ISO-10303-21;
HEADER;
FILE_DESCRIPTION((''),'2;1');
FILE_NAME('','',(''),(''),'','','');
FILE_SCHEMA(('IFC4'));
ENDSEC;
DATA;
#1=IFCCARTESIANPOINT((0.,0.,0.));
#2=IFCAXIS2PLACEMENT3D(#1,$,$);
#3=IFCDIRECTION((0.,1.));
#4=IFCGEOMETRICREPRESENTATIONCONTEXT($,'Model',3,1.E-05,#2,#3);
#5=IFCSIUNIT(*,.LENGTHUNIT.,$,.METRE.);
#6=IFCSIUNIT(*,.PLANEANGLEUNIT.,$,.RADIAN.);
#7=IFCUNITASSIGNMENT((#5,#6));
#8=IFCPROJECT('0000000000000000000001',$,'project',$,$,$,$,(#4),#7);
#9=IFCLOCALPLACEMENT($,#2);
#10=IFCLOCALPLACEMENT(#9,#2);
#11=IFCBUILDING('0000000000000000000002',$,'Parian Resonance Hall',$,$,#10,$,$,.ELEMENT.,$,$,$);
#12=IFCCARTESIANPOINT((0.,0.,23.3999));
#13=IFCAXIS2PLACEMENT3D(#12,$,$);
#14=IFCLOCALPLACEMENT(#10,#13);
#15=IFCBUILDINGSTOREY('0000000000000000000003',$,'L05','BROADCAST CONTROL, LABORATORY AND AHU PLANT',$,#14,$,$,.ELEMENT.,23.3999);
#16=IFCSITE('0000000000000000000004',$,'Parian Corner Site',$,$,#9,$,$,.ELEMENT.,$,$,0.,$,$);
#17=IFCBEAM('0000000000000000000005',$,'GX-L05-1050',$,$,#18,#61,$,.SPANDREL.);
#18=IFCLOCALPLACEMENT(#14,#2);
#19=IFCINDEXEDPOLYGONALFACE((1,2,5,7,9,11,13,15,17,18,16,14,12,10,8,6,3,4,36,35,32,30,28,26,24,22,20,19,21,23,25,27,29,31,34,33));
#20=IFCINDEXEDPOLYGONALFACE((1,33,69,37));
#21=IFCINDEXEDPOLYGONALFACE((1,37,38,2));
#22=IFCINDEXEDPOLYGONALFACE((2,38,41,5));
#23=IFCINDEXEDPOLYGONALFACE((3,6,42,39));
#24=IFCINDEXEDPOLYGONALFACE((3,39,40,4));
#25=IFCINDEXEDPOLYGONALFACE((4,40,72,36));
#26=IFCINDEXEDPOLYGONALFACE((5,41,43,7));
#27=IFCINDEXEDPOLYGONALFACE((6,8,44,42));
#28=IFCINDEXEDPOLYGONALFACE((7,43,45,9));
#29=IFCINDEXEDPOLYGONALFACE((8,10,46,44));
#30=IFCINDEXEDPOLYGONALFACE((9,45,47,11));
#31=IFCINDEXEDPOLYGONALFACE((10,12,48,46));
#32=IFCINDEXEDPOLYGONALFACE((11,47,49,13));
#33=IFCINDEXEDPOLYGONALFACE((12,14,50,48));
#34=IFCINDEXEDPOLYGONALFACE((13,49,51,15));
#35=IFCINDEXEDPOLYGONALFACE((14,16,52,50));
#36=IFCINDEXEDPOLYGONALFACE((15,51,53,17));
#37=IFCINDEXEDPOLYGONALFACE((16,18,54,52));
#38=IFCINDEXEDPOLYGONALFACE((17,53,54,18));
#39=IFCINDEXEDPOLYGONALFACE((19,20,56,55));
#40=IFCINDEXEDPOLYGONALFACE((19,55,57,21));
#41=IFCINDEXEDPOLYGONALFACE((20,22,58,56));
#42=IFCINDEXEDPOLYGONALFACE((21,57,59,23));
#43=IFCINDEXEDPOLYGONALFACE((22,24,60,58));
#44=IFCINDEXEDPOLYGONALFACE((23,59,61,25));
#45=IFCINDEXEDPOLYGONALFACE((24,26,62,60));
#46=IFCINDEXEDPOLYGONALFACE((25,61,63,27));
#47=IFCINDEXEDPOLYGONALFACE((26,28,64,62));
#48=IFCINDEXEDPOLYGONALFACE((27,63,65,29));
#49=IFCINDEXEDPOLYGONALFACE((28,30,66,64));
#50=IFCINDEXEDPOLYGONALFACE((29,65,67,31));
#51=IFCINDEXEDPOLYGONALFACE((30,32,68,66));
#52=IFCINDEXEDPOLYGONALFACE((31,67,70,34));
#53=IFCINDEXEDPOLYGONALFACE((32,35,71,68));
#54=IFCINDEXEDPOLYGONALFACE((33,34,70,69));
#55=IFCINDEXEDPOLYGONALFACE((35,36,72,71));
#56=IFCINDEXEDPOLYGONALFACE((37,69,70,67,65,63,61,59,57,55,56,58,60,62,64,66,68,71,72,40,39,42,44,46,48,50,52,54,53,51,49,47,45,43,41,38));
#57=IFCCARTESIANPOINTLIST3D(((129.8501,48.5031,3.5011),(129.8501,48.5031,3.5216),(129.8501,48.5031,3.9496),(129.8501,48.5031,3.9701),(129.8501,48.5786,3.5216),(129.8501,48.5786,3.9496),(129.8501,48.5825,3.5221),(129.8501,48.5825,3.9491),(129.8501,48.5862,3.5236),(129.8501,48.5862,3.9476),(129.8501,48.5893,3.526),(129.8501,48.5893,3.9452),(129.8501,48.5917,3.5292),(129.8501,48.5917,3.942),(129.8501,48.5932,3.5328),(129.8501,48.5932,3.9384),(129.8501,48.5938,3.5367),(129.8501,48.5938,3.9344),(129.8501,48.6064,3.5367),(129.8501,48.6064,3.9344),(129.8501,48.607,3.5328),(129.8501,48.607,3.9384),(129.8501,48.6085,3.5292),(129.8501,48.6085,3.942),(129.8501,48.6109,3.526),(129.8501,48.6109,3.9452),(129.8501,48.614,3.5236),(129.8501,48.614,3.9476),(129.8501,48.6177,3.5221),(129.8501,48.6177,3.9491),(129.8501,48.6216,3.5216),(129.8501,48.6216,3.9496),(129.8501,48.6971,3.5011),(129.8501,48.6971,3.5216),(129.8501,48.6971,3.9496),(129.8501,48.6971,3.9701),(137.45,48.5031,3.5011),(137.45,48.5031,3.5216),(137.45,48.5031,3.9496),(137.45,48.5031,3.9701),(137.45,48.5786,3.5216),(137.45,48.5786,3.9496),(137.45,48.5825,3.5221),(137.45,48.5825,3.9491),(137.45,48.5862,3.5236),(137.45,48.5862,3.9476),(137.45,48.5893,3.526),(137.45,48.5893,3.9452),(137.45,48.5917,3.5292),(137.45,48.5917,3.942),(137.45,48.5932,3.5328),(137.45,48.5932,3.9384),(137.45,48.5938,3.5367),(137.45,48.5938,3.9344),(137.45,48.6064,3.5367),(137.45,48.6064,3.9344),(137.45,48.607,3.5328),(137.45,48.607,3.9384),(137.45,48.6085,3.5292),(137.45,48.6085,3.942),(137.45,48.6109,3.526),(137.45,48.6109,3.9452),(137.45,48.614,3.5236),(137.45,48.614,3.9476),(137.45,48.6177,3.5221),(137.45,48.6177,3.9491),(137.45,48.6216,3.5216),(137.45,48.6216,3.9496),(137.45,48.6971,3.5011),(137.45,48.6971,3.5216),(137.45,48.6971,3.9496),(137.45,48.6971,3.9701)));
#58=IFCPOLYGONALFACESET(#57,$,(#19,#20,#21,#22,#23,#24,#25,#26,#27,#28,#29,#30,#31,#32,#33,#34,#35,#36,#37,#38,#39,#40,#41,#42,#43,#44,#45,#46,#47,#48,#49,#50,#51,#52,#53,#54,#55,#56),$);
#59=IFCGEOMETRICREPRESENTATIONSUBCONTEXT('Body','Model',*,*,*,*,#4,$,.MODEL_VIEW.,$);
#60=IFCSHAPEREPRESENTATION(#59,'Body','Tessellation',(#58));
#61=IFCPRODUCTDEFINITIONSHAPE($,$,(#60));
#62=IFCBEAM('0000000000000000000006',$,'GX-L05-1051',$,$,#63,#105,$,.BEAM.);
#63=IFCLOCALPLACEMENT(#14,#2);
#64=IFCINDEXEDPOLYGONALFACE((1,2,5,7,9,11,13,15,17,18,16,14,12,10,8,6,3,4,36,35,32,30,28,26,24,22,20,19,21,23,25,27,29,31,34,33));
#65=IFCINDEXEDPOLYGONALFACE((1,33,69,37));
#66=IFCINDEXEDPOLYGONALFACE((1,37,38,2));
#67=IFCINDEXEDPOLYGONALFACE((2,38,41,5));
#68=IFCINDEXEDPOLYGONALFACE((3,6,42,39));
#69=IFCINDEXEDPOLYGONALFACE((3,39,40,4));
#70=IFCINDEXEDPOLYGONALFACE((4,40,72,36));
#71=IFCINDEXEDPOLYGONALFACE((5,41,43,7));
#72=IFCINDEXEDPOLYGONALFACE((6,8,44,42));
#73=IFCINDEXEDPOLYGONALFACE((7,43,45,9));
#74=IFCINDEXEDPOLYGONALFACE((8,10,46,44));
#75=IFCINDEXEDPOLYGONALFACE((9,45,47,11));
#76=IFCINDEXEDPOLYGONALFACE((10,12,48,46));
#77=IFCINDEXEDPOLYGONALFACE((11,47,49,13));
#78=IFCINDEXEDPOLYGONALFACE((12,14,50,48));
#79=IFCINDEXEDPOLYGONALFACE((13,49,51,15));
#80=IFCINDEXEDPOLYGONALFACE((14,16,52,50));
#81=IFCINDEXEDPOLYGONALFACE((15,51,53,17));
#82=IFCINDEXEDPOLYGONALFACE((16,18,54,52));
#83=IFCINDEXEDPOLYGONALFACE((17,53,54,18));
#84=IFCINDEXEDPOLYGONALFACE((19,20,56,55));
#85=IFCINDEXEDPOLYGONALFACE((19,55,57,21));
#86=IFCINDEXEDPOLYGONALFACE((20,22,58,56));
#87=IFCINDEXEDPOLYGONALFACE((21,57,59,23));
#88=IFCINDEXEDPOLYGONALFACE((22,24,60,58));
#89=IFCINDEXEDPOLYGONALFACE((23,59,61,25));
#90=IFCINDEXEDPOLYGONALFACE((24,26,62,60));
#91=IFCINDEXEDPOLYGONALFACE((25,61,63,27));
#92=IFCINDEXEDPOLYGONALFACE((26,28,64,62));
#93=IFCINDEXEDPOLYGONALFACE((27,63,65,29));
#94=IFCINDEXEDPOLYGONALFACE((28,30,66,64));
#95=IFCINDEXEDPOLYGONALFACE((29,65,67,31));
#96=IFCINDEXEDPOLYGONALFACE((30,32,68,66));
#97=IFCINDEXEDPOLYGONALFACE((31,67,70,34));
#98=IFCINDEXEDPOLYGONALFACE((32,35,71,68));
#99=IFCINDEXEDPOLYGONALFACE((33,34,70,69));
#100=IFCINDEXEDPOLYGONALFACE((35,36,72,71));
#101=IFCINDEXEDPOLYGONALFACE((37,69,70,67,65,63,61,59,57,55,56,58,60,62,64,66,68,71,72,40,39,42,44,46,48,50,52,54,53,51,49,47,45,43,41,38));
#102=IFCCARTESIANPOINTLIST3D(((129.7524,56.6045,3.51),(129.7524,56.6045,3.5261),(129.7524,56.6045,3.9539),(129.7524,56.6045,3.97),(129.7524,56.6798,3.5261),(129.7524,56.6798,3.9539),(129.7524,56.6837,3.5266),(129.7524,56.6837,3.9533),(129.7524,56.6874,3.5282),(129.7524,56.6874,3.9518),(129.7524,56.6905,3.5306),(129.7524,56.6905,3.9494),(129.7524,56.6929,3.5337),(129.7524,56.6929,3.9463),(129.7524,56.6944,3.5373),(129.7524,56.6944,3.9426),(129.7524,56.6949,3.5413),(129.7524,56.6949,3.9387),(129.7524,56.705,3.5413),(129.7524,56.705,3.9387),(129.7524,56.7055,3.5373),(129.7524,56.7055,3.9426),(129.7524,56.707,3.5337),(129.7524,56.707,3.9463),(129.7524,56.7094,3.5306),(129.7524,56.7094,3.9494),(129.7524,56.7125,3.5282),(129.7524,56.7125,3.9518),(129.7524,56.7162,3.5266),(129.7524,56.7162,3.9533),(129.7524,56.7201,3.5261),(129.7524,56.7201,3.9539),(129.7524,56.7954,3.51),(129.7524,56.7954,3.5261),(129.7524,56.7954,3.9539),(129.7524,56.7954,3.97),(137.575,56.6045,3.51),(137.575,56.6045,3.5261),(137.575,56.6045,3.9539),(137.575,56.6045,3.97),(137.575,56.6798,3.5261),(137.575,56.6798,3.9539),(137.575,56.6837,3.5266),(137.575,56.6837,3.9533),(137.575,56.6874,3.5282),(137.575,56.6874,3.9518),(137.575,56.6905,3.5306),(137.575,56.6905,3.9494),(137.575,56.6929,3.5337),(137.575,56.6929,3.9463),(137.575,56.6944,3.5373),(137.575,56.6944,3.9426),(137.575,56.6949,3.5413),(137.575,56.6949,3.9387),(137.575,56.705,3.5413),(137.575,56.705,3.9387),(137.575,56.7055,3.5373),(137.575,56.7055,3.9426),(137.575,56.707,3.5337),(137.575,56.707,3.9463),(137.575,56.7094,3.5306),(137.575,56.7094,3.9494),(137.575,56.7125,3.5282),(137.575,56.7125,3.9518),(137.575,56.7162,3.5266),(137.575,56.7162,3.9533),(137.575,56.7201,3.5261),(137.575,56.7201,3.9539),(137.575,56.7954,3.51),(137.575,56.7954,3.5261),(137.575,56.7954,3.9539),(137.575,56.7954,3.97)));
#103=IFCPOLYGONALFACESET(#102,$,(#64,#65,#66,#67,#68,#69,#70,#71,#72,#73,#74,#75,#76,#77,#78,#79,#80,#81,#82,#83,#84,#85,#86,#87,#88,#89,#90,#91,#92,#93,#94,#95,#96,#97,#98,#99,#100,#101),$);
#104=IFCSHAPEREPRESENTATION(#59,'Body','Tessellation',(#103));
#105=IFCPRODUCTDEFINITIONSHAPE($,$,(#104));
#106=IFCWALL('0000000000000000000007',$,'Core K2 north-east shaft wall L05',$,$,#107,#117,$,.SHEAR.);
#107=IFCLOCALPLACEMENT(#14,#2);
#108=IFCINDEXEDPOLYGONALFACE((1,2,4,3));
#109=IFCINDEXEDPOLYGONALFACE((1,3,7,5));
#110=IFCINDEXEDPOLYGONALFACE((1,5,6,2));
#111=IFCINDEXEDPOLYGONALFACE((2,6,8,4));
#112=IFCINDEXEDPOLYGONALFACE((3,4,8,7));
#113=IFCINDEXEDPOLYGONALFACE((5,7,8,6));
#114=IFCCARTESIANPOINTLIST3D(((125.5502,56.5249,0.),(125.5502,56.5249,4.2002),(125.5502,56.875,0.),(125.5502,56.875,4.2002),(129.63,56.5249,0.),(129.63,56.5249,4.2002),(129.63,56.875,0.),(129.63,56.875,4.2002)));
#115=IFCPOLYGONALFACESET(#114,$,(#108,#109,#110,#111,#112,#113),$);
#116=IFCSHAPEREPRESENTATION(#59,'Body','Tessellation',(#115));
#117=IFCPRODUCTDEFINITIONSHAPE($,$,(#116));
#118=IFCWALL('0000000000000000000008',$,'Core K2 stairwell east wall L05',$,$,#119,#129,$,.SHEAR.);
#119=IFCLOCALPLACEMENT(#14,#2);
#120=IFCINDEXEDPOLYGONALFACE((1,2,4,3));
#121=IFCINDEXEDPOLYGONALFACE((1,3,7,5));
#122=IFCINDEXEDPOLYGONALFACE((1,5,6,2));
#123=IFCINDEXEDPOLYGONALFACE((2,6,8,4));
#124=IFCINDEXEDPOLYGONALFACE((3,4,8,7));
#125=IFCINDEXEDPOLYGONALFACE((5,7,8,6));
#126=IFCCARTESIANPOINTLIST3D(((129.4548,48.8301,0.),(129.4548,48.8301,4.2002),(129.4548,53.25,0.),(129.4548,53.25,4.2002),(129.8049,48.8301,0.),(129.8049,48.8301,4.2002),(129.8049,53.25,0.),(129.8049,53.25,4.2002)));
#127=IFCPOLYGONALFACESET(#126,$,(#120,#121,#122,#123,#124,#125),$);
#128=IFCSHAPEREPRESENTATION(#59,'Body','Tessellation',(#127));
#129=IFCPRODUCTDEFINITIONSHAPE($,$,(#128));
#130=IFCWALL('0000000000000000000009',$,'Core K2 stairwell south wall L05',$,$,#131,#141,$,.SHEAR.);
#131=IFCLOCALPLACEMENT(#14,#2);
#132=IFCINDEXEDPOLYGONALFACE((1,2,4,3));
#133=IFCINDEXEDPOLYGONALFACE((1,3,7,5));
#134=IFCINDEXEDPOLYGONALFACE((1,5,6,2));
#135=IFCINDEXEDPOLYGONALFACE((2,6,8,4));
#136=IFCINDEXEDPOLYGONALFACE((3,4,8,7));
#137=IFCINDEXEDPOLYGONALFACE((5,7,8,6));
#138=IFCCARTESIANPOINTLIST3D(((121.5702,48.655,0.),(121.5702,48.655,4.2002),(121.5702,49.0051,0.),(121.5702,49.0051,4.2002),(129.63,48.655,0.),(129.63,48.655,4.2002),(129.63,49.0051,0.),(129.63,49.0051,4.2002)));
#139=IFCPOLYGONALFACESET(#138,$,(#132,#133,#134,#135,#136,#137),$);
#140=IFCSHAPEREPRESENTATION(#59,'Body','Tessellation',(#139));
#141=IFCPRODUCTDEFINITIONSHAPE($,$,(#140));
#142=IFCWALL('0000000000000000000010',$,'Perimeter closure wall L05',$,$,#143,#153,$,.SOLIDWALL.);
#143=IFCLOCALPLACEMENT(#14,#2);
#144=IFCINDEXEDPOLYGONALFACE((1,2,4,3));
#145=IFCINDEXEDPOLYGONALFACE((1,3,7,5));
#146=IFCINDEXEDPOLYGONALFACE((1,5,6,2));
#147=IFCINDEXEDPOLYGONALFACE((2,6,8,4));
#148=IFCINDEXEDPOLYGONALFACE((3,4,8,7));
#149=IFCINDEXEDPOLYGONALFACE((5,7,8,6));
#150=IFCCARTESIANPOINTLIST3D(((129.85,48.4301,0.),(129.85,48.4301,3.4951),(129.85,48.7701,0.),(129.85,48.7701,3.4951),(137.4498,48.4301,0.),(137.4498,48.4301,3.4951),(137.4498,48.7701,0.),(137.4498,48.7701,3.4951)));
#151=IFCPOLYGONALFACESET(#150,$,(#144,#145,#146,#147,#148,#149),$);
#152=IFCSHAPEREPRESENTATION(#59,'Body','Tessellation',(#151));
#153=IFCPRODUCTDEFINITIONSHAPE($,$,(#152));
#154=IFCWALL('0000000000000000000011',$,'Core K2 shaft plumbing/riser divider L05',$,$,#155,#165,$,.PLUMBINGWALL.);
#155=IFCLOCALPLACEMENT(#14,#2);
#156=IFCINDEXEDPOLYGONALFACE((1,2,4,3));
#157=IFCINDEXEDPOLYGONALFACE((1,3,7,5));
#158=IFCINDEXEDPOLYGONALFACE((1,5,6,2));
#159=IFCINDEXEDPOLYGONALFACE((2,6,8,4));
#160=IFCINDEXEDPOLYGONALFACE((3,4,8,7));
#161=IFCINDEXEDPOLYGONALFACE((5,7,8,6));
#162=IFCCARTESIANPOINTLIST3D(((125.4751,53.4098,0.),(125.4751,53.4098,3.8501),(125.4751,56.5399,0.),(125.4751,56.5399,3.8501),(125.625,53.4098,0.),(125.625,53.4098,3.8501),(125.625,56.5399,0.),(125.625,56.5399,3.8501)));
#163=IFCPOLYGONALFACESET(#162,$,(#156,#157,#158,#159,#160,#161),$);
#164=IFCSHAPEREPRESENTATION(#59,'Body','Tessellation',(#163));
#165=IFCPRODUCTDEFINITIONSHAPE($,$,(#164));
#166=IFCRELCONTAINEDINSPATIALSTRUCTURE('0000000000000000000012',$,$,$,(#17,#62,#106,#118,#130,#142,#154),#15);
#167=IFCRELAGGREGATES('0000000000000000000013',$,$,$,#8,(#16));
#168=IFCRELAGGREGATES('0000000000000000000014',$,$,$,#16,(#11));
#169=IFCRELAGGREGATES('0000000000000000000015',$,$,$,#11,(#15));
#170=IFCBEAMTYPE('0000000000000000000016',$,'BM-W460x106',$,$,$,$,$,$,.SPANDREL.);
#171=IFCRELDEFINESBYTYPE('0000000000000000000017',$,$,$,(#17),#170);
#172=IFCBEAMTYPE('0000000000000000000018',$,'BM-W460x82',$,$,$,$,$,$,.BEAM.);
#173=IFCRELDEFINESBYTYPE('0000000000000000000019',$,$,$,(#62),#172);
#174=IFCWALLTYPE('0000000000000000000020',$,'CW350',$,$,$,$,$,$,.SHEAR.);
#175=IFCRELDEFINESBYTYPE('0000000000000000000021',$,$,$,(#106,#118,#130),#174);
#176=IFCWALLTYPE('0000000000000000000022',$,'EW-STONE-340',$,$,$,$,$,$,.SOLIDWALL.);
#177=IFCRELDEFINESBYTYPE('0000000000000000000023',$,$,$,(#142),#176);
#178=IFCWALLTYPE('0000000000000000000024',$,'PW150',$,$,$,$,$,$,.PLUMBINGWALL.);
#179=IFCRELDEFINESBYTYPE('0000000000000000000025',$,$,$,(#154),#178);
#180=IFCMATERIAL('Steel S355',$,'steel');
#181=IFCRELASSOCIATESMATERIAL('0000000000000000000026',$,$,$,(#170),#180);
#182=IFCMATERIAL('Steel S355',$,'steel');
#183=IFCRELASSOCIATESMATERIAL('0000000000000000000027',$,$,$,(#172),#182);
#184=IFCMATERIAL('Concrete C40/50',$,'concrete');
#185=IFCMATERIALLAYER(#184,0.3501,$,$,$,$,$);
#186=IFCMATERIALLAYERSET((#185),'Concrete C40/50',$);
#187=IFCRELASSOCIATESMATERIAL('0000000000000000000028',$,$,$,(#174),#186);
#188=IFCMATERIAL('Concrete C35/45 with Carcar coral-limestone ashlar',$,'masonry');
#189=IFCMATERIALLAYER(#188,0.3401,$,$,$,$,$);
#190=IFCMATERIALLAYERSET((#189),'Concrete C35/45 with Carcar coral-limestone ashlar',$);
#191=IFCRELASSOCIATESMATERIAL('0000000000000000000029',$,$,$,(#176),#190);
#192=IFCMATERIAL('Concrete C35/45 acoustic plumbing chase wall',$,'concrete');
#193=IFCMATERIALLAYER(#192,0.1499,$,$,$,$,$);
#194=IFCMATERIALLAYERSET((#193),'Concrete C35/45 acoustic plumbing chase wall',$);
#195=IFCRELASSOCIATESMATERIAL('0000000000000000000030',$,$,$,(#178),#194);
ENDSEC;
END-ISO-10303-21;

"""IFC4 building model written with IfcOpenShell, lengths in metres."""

from ifc_helpers import new_model, si_unit, direction, frame, frame_2d, origin, origin_2d, place, context, subcontext, project, spatial, rectangle, i_section, extrude, material, layer, layer_set, material_profile, profile_set, type_object, element, save


model = new_model("IFC4")

# Units and contexts
model_context = context("Model", 3, precision=1e-05, world=origin(), true_north=direction((0.0, 1.0)))
body_context = subcontext(model_context, "Body", "Model", "MODEL_VIEW")
ifc_project = project(units=[si_unit("LENGTHUNIT", "METRE"), si_unit("PLANEANGLEUNIT", "RADIAN")], contexts=[model_context])

# Site, building, storey
site_placement = place(None, origin())
site = spatial("IfcSite", under=ifc_project, at=site_placement, Name="Parian Corner Site", CompositionType="ELEMENT", RefElevation=0.0)
building_placement = place(site_placement, origin())
building = spatial("IfcBuilding", under=site, at=building_placement, Name="Parian Resonance Hall", CompositionType="ELEMENT")
storey_placement = place(building_placement, frame((0.0, 0.0, 23.3999)))
storey = spatial("IfcBuildingStorey", under=building, at=storey_placement, Name="L05", Description="BROADCAST CONTROL, LABORATORY AND AHU PLANT", CompositionType="ELEMENT", Elevation=23.3999)

# Beams
ifc_material_1 = material(Name="Steel S355", Category="steel")
ifc_material_profile_1 = material_profile(ifc_material_1, i_section(OverallWidth=0.1941, OverallDepth=0.469, WebThickness=0.0127, FlangeThickness=0.0205, FilletRadius=0.0151, at=origin_2d()), Name="W460x106")
ifc_profile_set_1 = profile_set([ifc_material_profile_1], Name="Steel S355")
beam_type_1 = type_object("IfcBeamType", Name="BM-W460x106", PredefinedType="SPANDREL", material=ifc_profile_set_1)
beam_1_placement = place(storey_placement, frame((129.8501, 48.6001, 3.7356), z_axis=(1.0, 0.0, 0.0), x_axis=(0.0, 1.0, 0.0)))
element("IfcBeam", 1, at=beam_1_placement, inside=storey, type_object=beam_type_1, Name="GX-L05-1050", PredefinedType="SPANDREL", context=body_context, shape_type="SweptSolid", body=[
    extrude(i_section(OverallWidth=0.1941, OverallDepth=0.469, WebThickness=0.0127, FlangeThickness=0.0205, FilletRadius=0.0151, at=origin_2d()), origin(), (0.0, 0.0, 1.0), 7.5999),
])
ifc_material_2 = material(Name="Steel S355", Category="steel")
ifc_material_profile_2 = material_profile(ifc_material_2, i_section(OverallWidth=0.1909, OverallDepth=0.46, WebThickness=0.01, FlangeThickness=0.0161, FilletRadius=0.0151, at=origin_2d()), Name="W460x82")
ifc_profile_set_2 = profile_set([ifc_material_profile_2], Name="Steel S355")
beam_type_2 = type_object("IfcBeamType", Name="BM-W460x82", PredefinedType="BEAM", material=ifc_profile_set_2)
beam_2_placement = place(storey_placement, frame((129.7524, 56.7, 3.74), z_axis=(1.0, 0.0, 0.0), x_axis=(0.0, 1.0, 0.0)))
element("IfcBeam", 2, at=beam_2_placement, inside=storey, type_object=beam_type_2, Name="GX-L05-1051", PredefinedType="BEAM", context=body_context, shape_type="SweptSolid", body=[
    extrude(i_section(OverallWidth=0.1909, OverallDepth=0.46, WebThickness=0.01, FlangeThickness=0.0161, FilletRadius=0.0151, at=origin_2d()), origin(), (0.0, 0.0, 1.0), 7.8225),
])

# Wall
ifc_material_3 = material(Name="Concrete C40/50", Category="concrete")
ifc_layer_1 = layer(ifc_material_3, 0.3501)
ifc_layer_set_1 = layer_set([ifc_layer_1], Name="Concrete C40/50")
wall_type_1 = type_object("IfcWallType", Name="CW350", PredefinedType="SHEAR", material=ifc_layer_set_1)
wall_1_placement = place(storey_placement, frame((125.55, 56.7, 0.0), z_axis=(0.0, 0.0, 1.0), x_axis=(1.0, 0.0, 0.0)))
element("IfcWall", 3, at=wall_1_placement, inside=storey, type_object=wall_type_1, Name="Core K2 north-east shaft wall L05", PredefinedType="SHEAR", context=body_context, shape_type="SweptSolid", body=[
    extrude(rectangle(XDim=4.0798, YDim=0.3501, at=frame_2d((2.04, 0.0))), origin(), (0.0, 0.0, 1.0), 4.2002),
])

# Walls
wall_2_placement = place(storey_placement, frame((129.6299, 53.25, 0.0), z_axis=(0.0, 0.0, 1.0), x_axis=(0.0, -1.0, 0.0)))
element("IfcWall", 4, at=wall_2_placement, inside=storey, type_object=wall_type_1, Name="Core K2 stairwell east wall L05", PredefinedType="SHEAR", context=body_context, shape_type="SweptSolid", body=[
    extrude(rectangle(XDim=4.4199, YDim=0.3501, at=frame_2d((2.21, 0.0))), origin(), (0.0, 0.0, 1.0), 4.2002),
])
wall_3_placement = place(storey_placement, frame((129.6299, 48.8301, 0.0), z_axis=(0.0, 0.0, 1.0), x_axis=(-1.0, 0.0, 0.0)))
element("IfcWall", 5, at=wall_3_placement, inside=storey, type_object=wall_type_1, Name="Core K2 stairwell south wall L05", PredefinedType="SHEAR", context=body_context, shape_type="SweptSolid", body=[
    extrude(rectangle(XDim=8.0598, YDim=0.3501, at=frame_2d((4.0298, 0.0))), origin(), (0.0, 0.0, 1.0), 4.2002),
])
ifc_material_4 = material(Name="Concrete C35/45 with Carcar coral-limestone ashlar", Category="masonry")
ifc_layer_2 = layer(ifc_material_4, 0.3401)
ifc_layer_set_2 = layer_set([ifc_layer_2], Name="Concrete C35/45 with Carcar coral-limestone ashlar")
wall_type_2 = type_object("IfcWallType", Name="EW-STONE-340", PredefinedType="SOLIDWALL", material=ifc_layer_set_2)
wall_4_placement = place(storey_placement, frame((129.8501, 48.6001, 0.0), z_axis=(0.0, 0.0, 1.0), x_axis=(1.0, 0.0, 0.0)))
element("IfcWall", 6, at=wall_4_placement, inside=storey, type_object=wall_type_2, Name="Perimeter closure wall L05", PredefinedType="SOLIDWALL", context=body_context, shape_type="SweptSolid", body=[
    extrude(rectangle(XDim=7.5999, YDim=0.3401, at=frame_2d((3.7998, 0.0))), origin(), (0.0, 0.0, 1.0), 3.4951),
])

# Wall
ifc_material_5 = material(Name="Concrete C35/45 acoustic plumbing chase wall", Category="concrete")
ifc_layer_3 = layer(ifc_material_5, 0.1499)
ifc_layer_set_3 = layer_set([ifc_layer_3], Name="Concrete C35/45 acoustic plumbing chase wall")
wall_type_3 = type_object("IfcWallType", Name="PW150", PredefinedType="PLUMBINGWALL", material=ifc_layer_set_3)
wall_5_placement = place(storey_placement, frame((125.55, 53.4099, 0.0), z_axis=(0.0, 0.0, 1.0), x_axis=(0.0, 1.0, 0.0)))
element("IfcWall", 7, at=wall_5_placement, inside=storey, type_object=wall_type_3, Name="Core K2 shaft plumbing/riser divider L05", PredefinedType="PLUMBINGWALL", context=body_context, shape_type="SweptSolid", body=[
    extrude(rectangle(XDim=3.1301, YDim=0.1499, at=frame_2d((1.5649, 0.0))), origin(), (0.0, 0.0, 1.0), 3.8501),
])

save(model, "model.ifc")
